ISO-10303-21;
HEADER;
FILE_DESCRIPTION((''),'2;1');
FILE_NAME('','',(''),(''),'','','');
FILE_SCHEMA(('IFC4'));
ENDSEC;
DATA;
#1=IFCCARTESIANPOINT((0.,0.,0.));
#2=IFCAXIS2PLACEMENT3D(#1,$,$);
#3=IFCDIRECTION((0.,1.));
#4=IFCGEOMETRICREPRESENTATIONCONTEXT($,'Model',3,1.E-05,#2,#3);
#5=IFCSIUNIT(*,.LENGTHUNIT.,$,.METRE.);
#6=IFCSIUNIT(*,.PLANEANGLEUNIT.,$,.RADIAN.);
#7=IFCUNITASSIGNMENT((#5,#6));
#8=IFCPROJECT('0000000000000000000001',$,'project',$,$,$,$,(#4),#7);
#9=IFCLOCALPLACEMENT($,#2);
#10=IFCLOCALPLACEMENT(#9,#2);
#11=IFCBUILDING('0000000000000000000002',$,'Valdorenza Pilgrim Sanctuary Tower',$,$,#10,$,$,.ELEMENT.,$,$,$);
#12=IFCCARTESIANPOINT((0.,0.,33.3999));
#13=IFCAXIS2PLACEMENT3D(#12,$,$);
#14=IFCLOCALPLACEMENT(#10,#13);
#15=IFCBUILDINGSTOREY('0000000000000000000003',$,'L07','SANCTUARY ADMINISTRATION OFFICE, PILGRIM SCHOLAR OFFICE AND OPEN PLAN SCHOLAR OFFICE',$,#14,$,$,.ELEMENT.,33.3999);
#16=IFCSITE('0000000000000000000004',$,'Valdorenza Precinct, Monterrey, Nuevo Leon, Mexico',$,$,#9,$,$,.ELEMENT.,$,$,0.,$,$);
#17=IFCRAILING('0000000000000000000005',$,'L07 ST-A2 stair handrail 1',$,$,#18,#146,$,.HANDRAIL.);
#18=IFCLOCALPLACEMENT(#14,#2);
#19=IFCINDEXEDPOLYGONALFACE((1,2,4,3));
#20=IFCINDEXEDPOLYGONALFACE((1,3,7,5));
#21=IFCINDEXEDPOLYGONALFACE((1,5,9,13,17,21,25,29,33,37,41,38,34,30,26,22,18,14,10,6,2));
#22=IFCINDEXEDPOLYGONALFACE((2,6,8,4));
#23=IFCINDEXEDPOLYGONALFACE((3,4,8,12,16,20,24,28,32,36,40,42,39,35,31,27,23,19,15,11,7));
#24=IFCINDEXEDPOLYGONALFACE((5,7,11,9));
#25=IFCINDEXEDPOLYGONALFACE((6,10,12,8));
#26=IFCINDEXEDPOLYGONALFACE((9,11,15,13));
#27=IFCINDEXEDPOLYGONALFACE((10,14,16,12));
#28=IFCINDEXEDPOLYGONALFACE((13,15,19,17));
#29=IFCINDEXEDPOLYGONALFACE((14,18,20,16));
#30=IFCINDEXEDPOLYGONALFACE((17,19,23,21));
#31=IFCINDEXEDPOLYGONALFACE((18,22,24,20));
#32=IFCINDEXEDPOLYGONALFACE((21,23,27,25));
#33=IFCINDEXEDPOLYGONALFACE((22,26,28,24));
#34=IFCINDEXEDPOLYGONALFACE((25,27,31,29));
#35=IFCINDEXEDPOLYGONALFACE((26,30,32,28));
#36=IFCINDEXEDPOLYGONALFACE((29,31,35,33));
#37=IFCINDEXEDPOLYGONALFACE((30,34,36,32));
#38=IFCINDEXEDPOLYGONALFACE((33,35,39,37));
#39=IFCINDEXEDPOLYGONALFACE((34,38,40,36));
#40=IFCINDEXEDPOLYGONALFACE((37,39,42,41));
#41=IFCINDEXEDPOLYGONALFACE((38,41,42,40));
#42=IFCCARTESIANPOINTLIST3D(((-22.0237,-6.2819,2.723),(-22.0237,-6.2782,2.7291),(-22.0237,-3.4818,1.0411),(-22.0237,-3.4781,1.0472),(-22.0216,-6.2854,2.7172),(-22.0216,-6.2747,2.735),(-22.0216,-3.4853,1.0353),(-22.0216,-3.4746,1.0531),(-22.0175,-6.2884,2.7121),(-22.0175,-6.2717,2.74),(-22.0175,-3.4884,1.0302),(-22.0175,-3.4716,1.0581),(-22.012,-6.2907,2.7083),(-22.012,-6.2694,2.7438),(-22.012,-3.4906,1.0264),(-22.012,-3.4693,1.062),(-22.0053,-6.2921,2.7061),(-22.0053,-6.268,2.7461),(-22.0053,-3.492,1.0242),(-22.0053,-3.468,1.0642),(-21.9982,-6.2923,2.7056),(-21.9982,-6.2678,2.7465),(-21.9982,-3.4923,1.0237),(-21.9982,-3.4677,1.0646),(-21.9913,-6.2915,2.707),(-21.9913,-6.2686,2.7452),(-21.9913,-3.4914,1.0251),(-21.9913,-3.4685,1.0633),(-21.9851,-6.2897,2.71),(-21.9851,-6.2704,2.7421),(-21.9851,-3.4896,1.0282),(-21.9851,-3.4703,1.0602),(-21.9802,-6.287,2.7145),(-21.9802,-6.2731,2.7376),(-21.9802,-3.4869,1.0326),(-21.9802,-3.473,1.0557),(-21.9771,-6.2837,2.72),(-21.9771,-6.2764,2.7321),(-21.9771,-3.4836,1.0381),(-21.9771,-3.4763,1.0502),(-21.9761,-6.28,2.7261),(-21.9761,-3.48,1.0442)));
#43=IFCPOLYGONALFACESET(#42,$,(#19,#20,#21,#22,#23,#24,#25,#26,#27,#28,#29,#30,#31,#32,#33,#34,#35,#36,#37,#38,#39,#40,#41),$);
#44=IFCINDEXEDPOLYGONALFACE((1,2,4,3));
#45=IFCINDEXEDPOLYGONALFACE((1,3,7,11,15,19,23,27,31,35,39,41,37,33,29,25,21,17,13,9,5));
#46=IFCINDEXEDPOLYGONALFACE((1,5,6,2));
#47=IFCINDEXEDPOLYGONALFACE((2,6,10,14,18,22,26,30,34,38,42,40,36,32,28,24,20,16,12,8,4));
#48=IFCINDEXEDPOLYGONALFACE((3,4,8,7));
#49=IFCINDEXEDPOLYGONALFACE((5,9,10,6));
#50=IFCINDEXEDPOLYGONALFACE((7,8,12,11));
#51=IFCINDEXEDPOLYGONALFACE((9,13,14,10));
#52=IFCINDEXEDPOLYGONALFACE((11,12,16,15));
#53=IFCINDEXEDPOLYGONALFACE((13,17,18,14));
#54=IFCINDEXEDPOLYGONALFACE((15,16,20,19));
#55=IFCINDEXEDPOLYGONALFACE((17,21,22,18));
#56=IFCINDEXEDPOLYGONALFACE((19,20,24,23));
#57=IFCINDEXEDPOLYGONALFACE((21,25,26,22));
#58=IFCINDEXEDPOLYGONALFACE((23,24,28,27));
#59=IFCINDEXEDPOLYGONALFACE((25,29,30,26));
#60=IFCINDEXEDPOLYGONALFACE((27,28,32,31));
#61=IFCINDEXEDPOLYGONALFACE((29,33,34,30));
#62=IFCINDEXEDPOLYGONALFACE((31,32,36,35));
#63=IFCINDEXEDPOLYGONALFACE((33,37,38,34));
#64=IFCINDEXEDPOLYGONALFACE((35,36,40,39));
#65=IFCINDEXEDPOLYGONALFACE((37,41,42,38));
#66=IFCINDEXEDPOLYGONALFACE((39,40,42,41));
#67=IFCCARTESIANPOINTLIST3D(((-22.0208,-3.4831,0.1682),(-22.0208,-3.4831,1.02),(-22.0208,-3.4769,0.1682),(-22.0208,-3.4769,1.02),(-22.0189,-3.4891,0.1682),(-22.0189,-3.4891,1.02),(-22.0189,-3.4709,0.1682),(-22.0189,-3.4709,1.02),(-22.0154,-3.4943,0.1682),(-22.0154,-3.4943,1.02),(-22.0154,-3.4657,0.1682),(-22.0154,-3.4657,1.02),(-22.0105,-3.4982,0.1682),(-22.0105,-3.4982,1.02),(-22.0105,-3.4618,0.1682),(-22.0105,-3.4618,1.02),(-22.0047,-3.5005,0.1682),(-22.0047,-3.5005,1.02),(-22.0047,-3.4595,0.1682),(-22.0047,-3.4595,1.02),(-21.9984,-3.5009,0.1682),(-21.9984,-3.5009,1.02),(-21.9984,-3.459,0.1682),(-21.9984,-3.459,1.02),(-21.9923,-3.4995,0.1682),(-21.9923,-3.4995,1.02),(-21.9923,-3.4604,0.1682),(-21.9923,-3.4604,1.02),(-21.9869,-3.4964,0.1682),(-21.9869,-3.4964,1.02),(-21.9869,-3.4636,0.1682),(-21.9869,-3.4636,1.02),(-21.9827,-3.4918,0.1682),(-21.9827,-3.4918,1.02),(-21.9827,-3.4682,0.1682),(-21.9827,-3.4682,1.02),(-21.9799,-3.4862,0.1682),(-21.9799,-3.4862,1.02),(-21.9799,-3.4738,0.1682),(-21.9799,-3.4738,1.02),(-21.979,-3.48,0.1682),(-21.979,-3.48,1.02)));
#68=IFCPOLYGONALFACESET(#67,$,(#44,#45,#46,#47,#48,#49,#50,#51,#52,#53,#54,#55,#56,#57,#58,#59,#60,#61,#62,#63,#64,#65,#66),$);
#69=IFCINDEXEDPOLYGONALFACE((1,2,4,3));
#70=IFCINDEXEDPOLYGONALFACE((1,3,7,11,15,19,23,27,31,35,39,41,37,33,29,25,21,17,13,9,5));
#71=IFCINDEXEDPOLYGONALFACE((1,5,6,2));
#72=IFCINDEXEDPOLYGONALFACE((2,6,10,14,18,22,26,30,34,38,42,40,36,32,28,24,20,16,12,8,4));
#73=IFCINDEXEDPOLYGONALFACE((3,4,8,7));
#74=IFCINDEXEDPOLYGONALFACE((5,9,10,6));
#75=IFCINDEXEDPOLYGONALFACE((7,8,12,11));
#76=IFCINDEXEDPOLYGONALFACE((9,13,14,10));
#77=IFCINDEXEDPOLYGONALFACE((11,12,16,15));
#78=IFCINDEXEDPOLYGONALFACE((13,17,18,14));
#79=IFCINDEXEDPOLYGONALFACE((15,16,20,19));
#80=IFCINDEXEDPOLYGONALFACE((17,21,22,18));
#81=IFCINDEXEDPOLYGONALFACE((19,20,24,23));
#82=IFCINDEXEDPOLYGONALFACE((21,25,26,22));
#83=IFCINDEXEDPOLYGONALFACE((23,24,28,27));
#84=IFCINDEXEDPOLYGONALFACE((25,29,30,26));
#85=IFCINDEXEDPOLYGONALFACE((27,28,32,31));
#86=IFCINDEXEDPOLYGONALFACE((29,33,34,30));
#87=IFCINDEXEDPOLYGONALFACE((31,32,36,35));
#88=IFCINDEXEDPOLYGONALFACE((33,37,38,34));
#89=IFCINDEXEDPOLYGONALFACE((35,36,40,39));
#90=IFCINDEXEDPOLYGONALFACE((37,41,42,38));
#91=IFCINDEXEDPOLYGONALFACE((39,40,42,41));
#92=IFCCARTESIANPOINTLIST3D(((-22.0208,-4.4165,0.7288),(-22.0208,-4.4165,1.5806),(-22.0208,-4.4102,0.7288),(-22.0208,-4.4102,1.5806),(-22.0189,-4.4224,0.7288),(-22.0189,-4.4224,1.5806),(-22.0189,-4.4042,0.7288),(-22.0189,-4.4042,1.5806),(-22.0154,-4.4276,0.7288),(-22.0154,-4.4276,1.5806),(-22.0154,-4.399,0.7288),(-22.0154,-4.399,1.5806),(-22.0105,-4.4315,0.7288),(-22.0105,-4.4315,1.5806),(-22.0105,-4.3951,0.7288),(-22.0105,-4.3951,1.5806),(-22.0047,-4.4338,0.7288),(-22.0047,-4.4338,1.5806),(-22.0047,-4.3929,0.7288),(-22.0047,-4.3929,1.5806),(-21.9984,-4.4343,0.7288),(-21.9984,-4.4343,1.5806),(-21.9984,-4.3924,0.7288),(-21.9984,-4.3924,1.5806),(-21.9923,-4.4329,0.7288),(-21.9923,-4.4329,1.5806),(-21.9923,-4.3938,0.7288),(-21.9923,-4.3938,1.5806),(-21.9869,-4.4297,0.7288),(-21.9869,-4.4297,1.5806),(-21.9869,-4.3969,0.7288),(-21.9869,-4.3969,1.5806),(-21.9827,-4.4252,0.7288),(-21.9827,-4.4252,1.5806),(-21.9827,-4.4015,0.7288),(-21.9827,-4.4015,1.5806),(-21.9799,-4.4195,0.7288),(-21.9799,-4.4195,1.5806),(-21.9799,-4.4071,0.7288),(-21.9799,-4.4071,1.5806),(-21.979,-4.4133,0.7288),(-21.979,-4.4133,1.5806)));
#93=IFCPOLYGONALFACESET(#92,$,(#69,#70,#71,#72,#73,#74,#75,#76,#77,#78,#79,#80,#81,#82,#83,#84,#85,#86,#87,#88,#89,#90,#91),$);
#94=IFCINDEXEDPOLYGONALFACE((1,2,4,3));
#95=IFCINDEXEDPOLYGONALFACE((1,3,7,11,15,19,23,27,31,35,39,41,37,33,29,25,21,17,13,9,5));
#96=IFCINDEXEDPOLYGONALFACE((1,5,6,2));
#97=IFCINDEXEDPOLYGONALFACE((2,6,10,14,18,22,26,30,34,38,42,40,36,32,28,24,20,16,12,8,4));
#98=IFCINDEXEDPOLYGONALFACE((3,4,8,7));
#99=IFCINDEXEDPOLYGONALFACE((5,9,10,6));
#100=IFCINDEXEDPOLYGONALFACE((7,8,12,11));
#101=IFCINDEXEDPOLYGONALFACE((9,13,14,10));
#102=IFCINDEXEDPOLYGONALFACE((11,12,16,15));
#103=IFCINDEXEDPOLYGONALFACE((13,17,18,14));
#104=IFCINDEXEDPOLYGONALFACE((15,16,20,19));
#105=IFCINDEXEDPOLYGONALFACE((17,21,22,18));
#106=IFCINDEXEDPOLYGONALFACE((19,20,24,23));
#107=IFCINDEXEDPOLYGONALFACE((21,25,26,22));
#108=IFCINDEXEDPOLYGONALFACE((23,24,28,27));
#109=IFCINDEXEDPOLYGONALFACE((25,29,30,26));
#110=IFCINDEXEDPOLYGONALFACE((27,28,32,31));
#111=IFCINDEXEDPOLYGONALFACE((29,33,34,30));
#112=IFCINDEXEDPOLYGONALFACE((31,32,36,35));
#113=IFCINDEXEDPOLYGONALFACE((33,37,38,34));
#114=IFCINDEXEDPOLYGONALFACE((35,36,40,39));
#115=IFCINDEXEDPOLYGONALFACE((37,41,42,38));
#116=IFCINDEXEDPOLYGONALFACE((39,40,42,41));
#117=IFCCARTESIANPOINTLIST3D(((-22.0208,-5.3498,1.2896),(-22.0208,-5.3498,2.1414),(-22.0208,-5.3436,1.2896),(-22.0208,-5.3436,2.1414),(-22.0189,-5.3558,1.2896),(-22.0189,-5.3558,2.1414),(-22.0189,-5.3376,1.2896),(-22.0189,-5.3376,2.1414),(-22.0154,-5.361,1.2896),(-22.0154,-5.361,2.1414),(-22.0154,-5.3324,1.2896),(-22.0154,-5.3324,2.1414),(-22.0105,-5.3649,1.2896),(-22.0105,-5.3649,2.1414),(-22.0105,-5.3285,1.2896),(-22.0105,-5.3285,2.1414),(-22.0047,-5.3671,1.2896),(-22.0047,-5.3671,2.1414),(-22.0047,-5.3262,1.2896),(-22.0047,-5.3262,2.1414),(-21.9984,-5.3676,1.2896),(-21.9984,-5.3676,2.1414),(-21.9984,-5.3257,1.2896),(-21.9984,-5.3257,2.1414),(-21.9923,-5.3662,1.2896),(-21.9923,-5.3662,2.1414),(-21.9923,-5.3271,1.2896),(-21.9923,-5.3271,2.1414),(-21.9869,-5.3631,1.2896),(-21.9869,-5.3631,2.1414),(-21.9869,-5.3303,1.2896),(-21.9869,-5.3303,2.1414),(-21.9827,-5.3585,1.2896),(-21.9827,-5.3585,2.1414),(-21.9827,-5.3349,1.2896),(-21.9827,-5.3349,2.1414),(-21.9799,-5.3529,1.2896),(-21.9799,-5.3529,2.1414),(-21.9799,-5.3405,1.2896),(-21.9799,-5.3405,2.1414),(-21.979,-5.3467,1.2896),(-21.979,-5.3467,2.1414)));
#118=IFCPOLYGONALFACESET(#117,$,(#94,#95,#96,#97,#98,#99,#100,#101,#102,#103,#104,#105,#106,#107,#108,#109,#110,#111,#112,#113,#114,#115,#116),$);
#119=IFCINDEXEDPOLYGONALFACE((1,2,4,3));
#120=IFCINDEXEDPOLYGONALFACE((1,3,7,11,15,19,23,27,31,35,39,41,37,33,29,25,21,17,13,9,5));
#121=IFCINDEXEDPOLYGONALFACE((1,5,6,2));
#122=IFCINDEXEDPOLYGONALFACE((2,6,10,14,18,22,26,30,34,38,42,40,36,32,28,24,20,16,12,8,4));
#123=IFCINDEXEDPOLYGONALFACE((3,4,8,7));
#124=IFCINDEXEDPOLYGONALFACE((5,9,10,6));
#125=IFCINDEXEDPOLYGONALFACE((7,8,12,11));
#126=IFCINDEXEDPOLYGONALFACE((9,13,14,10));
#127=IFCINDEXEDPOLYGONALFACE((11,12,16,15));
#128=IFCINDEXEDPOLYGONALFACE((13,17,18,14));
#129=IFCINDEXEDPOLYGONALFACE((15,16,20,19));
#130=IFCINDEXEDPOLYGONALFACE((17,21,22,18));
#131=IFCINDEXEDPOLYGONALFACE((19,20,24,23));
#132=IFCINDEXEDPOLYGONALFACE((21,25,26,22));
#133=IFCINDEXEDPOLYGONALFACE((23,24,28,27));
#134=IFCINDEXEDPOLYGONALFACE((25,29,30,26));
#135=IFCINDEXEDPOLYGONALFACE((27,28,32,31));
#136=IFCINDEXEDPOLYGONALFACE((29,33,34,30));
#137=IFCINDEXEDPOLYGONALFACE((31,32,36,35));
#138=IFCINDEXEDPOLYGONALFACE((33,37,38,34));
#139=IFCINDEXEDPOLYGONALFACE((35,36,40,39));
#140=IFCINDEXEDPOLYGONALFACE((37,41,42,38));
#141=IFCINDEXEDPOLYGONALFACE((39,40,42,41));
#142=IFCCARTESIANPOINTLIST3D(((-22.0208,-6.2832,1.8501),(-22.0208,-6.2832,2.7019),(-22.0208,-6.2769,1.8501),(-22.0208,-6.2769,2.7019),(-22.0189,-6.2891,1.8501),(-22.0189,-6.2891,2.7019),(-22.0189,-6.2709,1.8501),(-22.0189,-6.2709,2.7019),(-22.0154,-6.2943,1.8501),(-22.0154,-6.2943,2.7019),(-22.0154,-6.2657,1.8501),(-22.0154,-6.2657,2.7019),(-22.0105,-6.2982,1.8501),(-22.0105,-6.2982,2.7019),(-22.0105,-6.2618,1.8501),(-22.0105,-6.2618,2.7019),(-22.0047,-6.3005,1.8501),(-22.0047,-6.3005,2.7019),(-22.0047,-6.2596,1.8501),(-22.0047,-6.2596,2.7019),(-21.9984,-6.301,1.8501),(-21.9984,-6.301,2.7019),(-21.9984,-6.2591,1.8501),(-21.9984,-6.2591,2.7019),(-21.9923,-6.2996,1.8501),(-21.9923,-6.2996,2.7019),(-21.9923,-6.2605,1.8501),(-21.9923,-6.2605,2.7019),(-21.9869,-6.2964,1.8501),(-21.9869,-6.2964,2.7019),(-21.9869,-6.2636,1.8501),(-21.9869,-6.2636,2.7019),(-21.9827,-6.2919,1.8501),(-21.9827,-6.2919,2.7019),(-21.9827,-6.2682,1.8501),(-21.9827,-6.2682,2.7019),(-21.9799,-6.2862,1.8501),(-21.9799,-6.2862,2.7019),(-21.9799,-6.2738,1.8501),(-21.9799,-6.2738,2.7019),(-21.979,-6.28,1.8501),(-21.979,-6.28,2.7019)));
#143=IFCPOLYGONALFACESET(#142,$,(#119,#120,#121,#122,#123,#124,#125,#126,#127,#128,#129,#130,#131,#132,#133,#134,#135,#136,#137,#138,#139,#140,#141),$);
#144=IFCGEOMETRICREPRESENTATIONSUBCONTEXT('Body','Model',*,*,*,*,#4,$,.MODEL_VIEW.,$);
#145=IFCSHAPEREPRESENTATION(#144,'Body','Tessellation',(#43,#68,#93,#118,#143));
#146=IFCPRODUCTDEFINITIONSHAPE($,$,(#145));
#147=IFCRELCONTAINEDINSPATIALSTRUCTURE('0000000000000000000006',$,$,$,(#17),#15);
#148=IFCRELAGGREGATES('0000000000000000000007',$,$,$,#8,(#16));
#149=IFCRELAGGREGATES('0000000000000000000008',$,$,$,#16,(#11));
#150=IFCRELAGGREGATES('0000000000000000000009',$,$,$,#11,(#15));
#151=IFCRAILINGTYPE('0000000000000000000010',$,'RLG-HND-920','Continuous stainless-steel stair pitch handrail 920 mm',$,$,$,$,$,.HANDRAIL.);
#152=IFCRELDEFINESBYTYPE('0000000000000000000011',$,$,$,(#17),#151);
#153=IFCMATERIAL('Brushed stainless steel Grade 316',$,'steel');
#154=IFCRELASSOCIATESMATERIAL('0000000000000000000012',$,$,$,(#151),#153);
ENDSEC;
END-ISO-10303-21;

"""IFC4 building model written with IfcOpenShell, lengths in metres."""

from ifc_helpers import new_model, si_unit, direction, frame, origin, origin_2d, place, context, subcontext, project, spatial, circle, extrude, material, type_object, element, save


model = new_model("IFC4")

# Units and contexts
model_context = context("Model", 3, precision=1e-05, world=origin(), true_north=direction((0.0, 1.0)))
body_context = subcontext(model_context, "Body", "Model", "MODEL_VIEW")
ifc_project = project(units=[si_unit("LENGTHUNIT", "METRE"), si_unit("PLANEANGLEUNIT", "RADIAN")], contexts=[model_context])

# Site, building, storey
site_placement = place(None, origin())
site = spatial("IfcSite", under=ifc_project, at=site_placement, Name="Valdorenza Precinct, Monterrey, Nuevo Leon, Mexico", CompositionType="ELEMENT", RefElevation=0.0)
building_placement = place(site_placement, origin())
building = spatial("IfcBuilding", under=site, at=building_placement, Name="Valdorenza Pilgrim Sanctuary Tower", CompositionType="ELEMENT")
storey_placement = place(building_placement, frame((0.0, 0.0, 33.3999)))
storey = spatial("IfcBuildingStorey", under=building, at=storey_placement, Name="L07", Description="SANCTUARY ADMINISTRATION OFFICE, PILGRIM SCHOLAR OFFICE AND OPEN PLAN SCHOLAR OFFICE", CompositionType="ELEMENT", Elevation=33.3999)

# Shared definitions
ifc_material_1 = material(Name="Brushed stainless steel Grade 316", Category="steel")

# Railing
railing_type_1 = type_object("IfcRailingType", Name="RLG-HND-920", Description="Continuous stainless-steel stair pitch handrail 920 mm", PredefinedType="HANDRAIL", material=ifc_material_1)
railing_1_placement = place(storey_placement, frame((-22.0, -3.48, 0.1682)))
element("IfcRailing", 1, at=railing_1_placement, inside=storey, type_object=railing_type_1, Name="L07 ST-A2 stair handrail 1", PredefinedType="HANDRAIL", context=body_context, shape_type="SweptSolid", body=[
    extrude(circle(Radius=0.0239, at=origin_2d()), frame((0.0, 0.0, 0.876), z_axis=(0.0, -0.857242, 0.514913), x_axis=(1.0, 0.0, 0.0)), (0.0, 0.0, 1.0), 3.2664),
    extrude(circle(Radius=0.021, at=origin_2d()), origin(), (0.0, 0.0, 1.0), 0.8518),
    extrude(circle(Radius=0.021, at=origin_2d()), frame((0.0, -0.9333, 0.5605)), (0.0, 0.0, 1.0), 0.8518),
    extrude(circle(Radius=0.021, at=origin_2d()), frame((0.0, -1.8667, 1.1213)), (0.0, 0.0, 1.0), 0.8518),
    extrude(circle(Radius=0.021, at=origin_2d()), frame((0.0, -2.8, 1.6819)), (0.0, 0.0, 1.0), 0.8518),
])

save(model, "model.ifc")
